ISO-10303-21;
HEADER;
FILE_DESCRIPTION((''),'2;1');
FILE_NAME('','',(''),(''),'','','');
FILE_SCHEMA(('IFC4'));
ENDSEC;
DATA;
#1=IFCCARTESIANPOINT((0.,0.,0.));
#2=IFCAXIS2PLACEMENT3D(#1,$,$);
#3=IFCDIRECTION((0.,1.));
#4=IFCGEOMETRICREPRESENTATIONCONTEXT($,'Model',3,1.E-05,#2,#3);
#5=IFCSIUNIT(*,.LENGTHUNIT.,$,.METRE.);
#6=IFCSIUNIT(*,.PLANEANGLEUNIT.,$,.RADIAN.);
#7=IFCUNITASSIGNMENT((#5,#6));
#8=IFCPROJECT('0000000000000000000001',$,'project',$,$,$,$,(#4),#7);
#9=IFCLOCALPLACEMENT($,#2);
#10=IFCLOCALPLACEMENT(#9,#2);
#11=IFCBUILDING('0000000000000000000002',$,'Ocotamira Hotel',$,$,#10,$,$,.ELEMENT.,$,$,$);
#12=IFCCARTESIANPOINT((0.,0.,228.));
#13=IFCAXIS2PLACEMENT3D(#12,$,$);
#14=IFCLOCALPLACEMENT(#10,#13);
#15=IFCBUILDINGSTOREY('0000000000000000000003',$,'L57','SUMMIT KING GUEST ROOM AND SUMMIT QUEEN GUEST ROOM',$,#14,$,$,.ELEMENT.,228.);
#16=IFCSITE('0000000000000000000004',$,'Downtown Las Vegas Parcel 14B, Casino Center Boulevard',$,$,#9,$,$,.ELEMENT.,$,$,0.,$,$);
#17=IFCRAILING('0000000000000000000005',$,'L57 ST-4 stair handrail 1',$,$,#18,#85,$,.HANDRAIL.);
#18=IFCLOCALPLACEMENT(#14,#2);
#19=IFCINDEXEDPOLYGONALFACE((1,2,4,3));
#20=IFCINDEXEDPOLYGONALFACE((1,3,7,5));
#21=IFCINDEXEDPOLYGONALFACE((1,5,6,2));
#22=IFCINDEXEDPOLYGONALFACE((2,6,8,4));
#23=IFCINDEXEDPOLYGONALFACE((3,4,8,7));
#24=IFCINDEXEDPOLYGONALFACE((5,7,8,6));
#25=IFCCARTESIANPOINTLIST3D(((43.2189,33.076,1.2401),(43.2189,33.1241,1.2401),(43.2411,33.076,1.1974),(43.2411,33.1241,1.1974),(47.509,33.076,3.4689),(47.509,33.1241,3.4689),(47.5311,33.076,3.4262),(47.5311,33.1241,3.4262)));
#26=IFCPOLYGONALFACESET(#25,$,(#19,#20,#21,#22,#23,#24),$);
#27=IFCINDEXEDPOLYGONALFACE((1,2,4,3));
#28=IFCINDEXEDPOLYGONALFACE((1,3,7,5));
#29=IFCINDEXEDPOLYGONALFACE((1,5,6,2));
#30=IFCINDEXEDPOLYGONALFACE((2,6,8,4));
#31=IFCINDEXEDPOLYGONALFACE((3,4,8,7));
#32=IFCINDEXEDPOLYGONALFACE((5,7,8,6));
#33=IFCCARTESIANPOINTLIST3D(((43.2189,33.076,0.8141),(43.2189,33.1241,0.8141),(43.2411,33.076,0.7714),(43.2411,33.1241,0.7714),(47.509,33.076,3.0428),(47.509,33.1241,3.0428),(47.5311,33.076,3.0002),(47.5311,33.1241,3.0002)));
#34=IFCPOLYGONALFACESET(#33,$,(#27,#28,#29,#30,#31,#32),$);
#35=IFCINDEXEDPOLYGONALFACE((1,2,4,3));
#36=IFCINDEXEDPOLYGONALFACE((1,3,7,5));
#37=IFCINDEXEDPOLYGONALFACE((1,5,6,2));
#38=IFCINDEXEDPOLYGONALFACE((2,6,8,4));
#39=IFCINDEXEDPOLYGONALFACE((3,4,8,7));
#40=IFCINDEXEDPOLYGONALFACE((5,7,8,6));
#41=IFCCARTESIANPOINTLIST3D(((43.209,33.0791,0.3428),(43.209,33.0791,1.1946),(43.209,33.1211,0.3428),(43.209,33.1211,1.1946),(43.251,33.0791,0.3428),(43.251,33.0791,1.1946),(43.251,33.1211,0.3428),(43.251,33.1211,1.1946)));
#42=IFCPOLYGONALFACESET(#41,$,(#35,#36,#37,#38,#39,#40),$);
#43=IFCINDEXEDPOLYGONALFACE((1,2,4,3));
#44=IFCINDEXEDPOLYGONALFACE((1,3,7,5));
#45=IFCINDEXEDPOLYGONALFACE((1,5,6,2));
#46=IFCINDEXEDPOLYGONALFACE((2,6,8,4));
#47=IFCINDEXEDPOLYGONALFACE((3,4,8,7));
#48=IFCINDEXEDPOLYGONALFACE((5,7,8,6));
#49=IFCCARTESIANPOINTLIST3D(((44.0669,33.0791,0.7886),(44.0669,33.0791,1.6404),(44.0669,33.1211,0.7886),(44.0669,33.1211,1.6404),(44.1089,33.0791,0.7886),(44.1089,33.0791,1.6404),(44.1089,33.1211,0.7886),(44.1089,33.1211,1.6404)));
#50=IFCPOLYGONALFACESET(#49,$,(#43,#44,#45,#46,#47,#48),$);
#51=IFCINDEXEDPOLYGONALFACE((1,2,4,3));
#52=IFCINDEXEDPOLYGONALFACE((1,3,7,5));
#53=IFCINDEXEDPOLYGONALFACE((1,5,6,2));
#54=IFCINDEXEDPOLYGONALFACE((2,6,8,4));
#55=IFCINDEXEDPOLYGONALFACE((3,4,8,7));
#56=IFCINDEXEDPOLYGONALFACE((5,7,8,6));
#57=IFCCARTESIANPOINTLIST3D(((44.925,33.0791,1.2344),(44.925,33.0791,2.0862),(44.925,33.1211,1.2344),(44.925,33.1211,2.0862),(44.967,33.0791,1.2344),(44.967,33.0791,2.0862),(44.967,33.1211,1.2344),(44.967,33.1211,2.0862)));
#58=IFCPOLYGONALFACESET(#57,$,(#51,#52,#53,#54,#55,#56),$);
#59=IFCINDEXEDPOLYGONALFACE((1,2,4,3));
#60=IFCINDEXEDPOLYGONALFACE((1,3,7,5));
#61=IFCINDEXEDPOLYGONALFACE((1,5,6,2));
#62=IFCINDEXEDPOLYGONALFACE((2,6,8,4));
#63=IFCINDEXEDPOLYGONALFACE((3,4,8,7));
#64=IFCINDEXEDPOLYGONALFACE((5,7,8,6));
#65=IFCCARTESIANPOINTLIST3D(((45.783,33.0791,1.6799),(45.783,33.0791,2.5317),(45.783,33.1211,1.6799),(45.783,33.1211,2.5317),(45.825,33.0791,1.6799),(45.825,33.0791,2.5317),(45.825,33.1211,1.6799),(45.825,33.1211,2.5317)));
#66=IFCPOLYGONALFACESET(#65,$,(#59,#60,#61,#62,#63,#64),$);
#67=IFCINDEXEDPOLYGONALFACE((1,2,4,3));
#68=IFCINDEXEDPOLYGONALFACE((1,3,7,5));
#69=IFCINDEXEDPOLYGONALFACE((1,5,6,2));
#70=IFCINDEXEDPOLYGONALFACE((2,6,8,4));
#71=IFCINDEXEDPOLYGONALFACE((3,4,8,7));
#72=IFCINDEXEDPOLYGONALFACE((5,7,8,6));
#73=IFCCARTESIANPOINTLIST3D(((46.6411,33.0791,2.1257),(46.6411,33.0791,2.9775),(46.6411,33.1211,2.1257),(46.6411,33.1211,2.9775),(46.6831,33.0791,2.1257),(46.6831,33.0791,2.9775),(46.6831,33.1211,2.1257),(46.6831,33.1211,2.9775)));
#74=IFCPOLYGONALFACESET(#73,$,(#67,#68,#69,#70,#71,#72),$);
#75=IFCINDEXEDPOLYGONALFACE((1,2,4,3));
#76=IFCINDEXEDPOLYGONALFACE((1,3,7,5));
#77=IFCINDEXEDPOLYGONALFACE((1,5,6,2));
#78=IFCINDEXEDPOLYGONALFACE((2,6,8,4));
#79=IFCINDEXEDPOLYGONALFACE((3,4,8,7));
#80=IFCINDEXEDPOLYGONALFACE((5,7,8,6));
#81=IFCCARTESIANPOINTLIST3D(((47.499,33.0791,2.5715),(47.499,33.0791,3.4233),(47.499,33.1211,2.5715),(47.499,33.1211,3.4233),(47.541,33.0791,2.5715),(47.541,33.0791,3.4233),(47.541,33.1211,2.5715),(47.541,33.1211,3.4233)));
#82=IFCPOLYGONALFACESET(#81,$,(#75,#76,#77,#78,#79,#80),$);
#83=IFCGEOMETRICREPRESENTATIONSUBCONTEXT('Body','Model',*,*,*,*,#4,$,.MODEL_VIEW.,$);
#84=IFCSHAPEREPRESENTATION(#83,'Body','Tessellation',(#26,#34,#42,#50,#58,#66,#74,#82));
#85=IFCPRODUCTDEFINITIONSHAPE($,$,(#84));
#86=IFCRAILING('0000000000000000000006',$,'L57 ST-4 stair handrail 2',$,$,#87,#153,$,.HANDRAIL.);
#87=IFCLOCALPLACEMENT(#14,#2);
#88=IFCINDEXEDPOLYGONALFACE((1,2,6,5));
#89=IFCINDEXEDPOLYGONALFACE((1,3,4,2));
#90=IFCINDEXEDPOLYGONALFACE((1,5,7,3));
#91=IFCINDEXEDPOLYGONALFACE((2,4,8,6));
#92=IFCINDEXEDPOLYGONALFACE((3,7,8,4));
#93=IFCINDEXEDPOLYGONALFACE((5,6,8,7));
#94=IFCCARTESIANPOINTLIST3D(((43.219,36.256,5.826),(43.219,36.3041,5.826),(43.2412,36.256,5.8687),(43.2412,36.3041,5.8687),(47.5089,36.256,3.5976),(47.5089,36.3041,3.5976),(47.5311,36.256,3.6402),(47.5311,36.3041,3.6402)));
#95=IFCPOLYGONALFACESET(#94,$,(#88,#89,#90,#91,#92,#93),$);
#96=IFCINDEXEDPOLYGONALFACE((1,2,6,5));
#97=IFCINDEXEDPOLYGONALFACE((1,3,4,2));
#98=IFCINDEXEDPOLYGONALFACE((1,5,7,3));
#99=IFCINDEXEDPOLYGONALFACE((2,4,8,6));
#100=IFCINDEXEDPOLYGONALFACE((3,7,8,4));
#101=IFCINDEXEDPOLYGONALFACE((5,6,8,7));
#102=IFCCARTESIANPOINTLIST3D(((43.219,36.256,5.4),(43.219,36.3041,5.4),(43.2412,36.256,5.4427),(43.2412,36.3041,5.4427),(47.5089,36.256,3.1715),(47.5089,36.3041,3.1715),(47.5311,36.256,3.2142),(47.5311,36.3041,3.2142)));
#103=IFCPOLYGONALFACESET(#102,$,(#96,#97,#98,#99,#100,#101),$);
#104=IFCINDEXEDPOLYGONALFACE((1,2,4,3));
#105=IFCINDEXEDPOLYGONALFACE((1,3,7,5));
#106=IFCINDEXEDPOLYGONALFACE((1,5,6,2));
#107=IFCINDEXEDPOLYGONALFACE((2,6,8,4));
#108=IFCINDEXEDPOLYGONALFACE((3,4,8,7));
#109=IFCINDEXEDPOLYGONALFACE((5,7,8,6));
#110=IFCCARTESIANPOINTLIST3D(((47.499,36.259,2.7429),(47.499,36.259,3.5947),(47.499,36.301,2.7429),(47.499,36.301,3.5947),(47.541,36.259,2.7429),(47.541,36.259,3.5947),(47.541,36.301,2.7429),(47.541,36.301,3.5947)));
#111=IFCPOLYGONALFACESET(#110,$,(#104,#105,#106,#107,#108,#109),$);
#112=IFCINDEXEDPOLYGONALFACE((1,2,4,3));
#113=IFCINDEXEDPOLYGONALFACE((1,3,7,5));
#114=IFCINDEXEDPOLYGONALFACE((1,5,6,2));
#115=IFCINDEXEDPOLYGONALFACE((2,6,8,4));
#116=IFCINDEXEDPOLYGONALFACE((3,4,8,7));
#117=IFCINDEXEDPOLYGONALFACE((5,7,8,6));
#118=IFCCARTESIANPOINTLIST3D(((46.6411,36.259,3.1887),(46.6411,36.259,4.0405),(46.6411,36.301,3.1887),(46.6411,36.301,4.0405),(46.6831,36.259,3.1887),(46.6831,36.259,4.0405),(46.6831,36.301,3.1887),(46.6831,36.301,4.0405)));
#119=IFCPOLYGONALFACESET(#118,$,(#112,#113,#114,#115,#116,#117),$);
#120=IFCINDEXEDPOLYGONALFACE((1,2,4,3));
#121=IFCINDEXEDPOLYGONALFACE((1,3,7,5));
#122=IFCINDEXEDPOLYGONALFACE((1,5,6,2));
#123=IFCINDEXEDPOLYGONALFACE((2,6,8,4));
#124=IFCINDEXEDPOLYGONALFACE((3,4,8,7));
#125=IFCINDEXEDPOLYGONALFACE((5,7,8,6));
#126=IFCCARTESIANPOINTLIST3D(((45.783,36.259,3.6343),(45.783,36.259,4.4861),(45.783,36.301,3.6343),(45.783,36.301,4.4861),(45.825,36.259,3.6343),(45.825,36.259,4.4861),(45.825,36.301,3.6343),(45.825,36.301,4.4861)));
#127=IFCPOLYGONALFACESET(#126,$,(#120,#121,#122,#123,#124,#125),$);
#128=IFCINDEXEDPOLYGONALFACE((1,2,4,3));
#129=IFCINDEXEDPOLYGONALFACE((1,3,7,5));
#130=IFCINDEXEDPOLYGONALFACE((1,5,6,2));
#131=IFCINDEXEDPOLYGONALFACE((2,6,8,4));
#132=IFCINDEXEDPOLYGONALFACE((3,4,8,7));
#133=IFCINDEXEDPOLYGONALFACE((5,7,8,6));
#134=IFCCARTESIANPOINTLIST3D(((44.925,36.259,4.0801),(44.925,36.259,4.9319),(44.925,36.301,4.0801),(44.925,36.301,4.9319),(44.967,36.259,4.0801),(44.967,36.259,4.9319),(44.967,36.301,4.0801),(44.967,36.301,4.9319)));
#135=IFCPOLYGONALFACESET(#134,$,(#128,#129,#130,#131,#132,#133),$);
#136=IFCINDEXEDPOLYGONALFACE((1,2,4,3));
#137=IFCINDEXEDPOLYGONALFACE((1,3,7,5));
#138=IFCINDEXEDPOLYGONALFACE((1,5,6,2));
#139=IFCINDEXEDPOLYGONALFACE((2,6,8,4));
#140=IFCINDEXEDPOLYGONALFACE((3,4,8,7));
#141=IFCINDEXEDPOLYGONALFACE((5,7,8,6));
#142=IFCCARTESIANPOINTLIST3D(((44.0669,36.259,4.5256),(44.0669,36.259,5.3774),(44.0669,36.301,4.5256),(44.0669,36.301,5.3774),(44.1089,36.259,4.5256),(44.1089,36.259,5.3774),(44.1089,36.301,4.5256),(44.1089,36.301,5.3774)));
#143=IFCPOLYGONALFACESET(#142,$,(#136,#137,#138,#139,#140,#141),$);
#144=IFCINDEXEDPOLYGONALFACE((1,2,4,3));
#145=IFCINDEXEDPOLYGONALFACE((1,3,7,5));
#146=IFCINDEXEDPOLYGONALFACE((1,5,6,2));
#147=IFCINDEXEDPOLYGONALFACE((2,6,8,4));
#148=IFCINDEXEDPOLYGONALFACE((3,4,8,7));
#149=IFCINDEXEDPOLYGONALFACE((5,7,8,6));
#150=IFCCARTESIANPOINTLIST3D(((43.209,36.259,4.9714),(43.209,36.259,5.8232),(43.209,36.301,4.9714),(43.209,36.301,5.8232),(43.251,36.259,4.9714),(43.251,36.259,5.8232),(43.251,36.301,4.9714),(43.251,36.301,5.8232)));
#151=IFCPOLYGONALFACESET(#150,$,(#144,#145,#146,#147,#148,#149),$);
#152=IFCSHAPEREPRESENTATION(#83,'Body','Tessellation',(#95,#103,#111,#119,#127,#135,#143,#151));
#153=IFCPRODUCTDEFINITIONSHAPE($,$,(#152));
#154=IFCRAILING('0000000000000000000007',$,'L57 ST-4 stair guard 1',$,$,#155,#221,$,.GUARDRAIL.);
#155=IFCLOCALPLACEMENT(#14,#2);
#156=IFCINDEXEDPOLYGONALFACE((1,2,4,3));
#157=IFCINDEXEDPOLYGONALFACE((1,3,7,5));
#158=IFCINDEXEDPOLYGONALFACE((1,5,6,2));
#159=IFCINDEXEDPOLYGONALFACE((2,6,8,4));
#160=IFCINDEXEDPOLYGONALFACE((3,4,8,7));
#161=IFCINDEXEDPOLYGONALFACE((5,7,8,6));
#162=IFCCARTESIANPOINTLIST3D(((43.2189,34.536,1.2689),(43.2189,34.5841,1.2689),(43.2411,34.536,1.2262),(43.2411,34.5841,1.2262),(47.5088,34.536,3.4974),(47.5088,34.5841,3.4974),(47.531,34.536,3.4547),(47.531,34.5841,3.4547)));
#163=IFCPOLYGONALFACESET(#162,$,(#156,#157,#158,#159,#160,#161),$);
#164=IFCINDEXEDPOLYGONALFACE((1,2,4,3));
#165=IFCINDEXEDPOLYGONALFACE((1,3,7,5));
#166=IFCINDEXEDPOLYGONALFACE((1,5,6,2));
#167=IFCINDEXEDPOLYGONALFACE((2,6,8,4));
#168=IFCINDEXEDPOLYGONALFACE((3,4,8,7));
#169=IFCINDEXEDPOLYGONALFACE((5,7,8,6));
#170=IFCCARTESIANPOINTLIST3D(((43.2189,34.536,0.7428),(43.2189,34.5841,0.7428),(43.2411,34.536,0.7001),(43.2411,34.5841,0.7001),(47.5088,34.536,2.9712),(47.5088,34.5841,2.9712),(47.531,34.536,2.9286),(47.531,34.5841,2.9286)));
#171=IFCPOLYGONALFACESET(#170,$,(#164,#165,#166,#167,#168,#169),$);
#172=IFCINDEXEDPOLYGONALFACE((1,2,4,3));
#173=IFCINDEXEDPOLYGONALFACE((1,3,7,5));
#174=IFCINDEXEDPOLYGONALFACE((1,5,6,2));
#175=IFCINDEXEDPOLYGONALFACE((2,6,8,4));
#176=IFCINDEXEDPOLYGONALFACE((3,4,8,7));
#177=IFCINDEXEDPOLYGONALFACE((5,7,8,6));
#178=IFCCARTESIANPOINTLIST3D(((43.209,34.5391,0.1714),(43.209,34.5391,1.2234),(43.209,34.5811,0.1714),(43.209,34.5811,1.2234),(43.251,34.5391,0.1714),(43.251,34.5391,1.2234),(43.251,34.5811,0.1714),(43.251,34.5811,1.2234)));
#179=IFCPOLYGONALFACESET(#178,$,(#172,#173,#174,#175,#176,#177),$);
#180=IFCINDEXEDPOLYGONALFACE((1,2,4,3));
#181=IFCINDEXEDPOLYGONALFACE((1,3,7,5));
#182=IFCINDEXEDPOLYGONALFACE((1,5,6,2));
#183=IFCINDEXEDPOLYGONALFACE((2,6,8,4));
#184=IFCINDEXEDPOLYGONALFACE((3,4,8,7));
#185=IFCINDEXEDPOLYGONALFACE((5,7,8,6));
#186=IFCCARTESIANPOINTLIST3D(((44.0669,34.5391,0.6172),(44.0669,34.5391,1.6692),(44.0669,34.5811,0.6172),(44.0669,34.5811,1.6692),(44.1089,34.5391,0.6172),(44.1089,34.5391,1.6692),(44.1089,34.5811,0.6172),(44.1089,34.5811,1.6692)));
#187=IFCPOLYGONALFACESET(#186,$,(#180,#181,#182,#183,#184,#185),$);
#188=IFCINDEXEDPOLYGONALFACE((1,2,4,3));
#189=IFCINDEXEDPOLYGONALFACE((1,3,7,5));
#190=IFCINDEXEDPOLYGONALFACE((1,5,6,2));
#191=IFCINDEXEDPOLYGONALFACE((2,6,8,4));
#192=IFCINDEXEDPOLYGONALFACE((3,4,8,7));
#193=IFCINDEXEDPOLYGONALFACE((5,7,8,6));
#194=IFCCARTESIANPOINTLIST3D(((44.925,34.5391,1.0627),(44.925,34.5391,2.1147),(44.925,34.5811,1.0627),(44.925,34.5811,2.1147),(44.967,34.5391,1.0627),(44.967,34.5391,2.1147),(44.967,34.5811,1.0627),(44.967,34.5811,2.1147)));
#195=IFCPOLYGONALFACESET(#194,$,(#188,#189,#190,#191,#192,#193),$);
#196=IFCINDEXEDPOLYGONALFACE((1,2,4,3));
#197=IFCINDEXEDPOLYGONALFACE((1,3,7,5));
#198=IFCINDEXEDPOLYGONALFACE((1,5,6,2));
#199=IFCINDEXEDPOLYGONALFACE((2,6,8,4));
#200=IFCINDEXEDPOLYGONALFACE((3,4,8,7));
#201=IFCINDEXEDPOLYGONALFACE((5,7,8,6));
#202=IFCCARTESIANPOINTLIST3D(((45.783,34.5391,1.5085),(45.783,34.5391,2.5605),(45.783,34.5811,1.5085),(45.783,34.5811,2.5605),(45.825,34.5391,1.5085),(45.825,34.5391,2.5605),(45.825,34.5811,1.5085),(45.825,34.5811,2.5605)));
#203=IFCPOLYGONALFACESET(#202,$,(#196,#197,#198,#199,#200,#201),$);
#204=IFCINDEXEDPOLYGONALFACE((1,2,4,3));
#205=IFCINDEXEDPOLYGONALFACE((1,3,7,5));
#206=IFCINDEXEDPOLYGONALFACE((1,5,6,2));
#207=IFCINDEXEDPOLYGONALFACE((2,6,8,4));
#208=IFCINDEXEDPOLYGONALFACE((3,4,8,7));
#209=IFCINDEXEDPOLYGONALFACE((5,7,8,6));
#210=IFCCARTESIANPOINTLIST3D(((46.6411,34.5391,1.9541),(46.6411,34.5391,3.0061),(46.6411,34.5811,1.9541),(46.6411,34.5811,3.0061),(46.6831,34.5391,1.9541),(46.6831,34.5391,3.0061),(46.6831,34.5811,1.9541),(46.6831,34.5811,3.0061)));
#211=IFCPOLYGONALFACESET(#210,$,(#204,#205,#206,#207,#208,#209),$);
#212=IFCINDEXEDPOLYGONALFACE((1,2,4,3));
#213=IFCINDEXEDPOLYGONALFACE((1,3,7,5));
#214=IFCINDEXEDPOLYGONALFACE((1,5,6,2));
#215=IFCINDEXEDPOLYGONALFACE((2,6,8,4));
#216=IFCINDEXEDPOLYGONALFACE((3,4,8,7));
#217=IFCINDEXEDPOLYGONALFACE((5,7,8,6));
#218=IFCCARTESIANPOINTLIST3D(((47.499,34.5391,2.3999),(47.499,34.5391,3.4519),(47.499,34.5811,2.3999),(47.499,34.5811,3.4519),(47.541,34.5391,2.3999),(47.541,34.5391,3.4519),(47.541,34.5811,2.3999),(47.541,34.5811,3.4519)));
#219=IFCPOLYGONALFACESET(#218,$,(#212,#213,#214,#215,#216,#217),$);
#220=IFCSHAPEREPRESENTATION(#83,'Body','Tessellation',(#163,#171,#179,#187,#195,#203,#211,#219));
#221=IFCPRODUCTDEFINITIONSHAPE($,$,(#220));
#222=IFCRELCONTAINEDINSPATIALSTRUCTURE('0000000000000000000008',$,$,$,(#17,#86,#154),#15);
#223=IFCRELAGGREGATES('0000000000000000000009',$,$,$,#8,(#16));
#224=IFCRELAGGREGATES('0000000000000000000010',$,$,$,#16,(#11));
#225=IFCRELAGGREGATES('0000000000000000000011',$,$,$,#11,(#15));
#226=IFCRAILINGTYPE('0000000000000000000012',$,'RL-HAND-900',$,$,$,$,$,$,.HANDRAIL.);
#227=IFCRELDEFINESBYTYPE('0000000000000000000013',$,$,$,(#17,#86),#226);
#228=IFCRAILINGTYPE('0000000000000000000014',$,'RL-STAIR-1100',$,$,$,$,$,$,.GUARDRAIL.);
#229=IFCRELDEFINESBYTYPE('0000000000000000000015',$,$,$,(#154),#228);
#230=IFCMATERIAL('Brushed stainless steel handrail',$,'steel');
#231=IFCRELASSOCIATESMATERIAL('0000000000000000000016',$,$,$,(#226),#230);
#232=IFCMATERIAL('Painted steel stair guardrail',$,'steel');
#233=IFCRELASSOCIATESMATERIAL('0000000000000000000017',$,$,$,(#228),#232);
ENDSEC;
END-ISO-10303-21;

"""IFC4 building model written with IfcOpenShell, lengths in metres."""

from ifc_helpers import new_model, si_unit, direction, frame, origin, origin_2d, place, context, subcontext, project, spatial, rectangle, extrude, material, type_object, element, save


model = new_model("IFC4")

# Units and contexts
model_context = context("Model", 3, precision=1e-05, world=origin(), true_north=direction((0.0, 1.0)))
body_context = subcontext(model_context, "Body", "Model", "MODEL_VIEW")
ifc_project = project(units=[si_unit("LENGTHUNIT", "METRE"), si_unit("PLANEANGLEUNIT", "RADIAN")], contexts=[model_context])

# Site, building, storey
site_placement = place(None, origin())
site = spatial("IfcSite", under=ifc_project, at=site_placement, Name="Downtown Las Vegas Parcel 14B, Casino Center Boulevard", CompositionType="ELEMENT", RefElevation=0.0)
building_placement = place(site_placement, origin())
building = spatial("IfcBuilding", under=site, at=building_placement, Name="Ocotamira Hotel", CompositionType="ELEMENT")
storey_placement = place(building_placement, frame((0.0, 0.0, 228.0)))
storey = spatial("IfcBuildingStorey", under=building, at=storey_placement, Name="L57", Description="SUMMIT KING GUEST ROOM AND SUMMIT QUEEN GUEST ROOM", CompositionType="ELEMENT", Elevation=228.0)

# Railings
ifc_material_1 = material(Name="Brushed stainless steel handrail", Category="steel")
railing_type_1 = type_object("IfcRailingType", Name="RL-HAND-900", PredefinedType="HANDRAIL", material=ifc_material_1)
railing_1_placement = place(storey_placement, frame((43.23, 33.1001, 0.3428)))
element("IfcRailing", 1, at=railing_1_placement, inside=storey, type_object=railing_type_1, Name="L57 ST-4 stair handrail 1", PredefinedType="HANDRAIL", context=body_context, shape_type="SweptSolid", body=[
    extrude(rectangle(XDim=0.0481, YDim=0.0481, at=origin_2d()), frame((0.0, 0.0, 0.876), z_axis=(0.887391, 0.0, 0.461017), x_axis=(0.0, 1.0, 0.0)), (0.0, 0.0, 1.0), 4.8345),
    extrude(rectangle(XDim=0.0481, YDim=0.0481, at=origin_2d()), frame((0.0, 0.0, 0.45), z_axis=(0.887391, 0.0, 0.461017), x_axis=(0.0, 1.0, 0.0)), (0.0, 0.0, 1.0), 4.8345),
    extrude(rectangle(XDim=0.042, YDim=0.042, at=origin_2d()), origin(), (0.0, 0.0, 1.0), 0.8518),
    extrude(rectangle(XDim=0.042, YDim=0.042, at=origin_2d()), frame((0.8579, 0.0, 0.4458)), (0.0, 0.0, 1.0), 0.8518),
    extrude(rectangle(XDim=0.042, YDim=0.042, at=origin_2d()), frame((1.7161, 0.0, 0.8916)), (0.0, 0.0, 1.0), 0.8518),
    extrude(rectangle(XDim=0.042, YDim=0.042, at=origin_2d()), frame((2.574, 0.0, 1.3372)), (0.0, 0.0, 1.0), 0.8518),
    extrude(rectangle(XDim=0.042, YDim=0.042, at=origin_2d()), frame((3.4321, 0.0, 1.783)), (0.0, 0.0, 1.0), 0.8518),
    extrude(rectangle(XDim=0.042, YDim=0.042, at=origin_2d()), frame((4.29, 0.0, 2.2288)), (0.0, 0.0, 1.0), 0.8518),
])
railing_2_placement = place(storey_placement, frame((47.52, 36.28, 2.7429)))
element("IfcRailing", 2, at=railing_2_placement, inside=storey, type_object=railing_type_1, Name="L57 ST-4 stair handrail 2", PredefinedType="HANDRAIL", context=body_context, shape_type="SweptSolid", body=[
    extrude(rectangle(XDim=0.0481, YDim=0.0481, at=origin_2d()), frame((0.0, 0.0, 0.876), z_axis=(-0.887412, 0.0, 0.460977), x_axis=(0.0, -1.0, 0.0)), (0.0, 0.0, 1.0), 4.8342),
    extrude(rectangle(XDim=0.0481, YDim=0.0481, at=origin_2d()), frame((0.0, 0.0, 0.45), z_axis=(-0.887412, 0.0, 0.460977), x_axis=(0.0, -1.0, 0.0)), (0.0, 0.0, 1.0), 4.8342),
    extrude(rectangle(XDim=0.042, YDim=0.042, at=origin_2d()), origin(), (0.0, 0.0, 1.0), 0.8518),
    extrude(rectangle(XDim=0.042, YDim=0.042, at=origin_2d()), frame((-0.8579, 0.0, 0.4458)), (0.0, 0.0, 1.0), 0.8518),
    extrude(rectangle(XDim=0.042, YDim=0.042, at=origin_2d()), frame((-1.7161, 0.0, 0.8914)), (0.0, 0.0, 1.0), 0.8518),
    extrude(rectangle(XDim=0.042, YDim=0.042, at=origin_2d()), frame((-2.574, 0.0, 1.3372)), (0.0, 0.0, 1.0), 0.8518),
    extrude(rectangle(XDim=0.042, YDim=0.042, at=origin_2d()), frame((-3.4321, 0.0, 1.7827)), (0.0, 0.0, 1.0), 0.8518),
    extrude(rectangle(XDim=0.042, YDim=0.042, at=origin_2d()), frame((-4.29, 0.0, 2.2285)), (0.0, 0.0, 1.0), 0.8518),
])
ifc_material_2 = material(Name="Painted steel stair guardrail", Category="steel")
railing_type_2 = type_object("IfcRailingType", Name="RL-STAIR-1100", PredefinedType="GUARDRAIL", material=ifc_material_2)
railing_3_placement = place(storey_placement, frame((43.23, 34.5601, 0.1714)))
element("IfcRailing", 3, at=railing_3_placement, inside=storey, type_object=railing_type_2, Name="L57 ST-4 stair guard 1", PredefinedType="GUARDRAIL", context=body_context, shape_type="SweptSolid", body=[
    extrude(rectangle(XDim=0.0481, YDim=0.0481, at=origin_2d()), frame((0.0, 0.0, 1.0762), z_axis=(0.887412, 0.0, 0.460977), x_axis=(0.0, 1.0, 0.0)), (0.0, 0.0, 1.0), 4.8342),
    extrude(rectangle(XDim=0.0481, YDim=0.0481, at=origin_2d()), frame((0.0, 0.0, 0.55), z_axis=(0.887412, 0.0, 0.460977), x_axis=(0.0, 1.0, 0.0)), (0.0, 0.0, 1.0), 4.8342),
    extrude(rectangle(XDim=0.042, YDim=0.042, at=origin_2d()), origin(), (0.0, 0.0, 1.0), 1.052),
    extrude(rectangle(XDim=0.042, YDim=0.042, at=origin_2d()), frame((0.8579, 0.0, 0.4458)), (0.0, 0.0, 1.0), 1.052),
    extrude(rectangle(XDim=0.042, YDim=0.042, at=origin_2d()), frame((1.7161, 0.0, 0.8914)), (0.0, 0.0, 1.0), 1.052),
    extrude(rectangle(XDim=0.042, YDim=0.042, at=origin_2d()), frame((2.574, 0.0, 1.3372)), (0.0, 0.0, 1.0), 1.052),
    extrude(rectangle(XDim=0.042, YDim=0.042, at=origin_2d()), frame((3.4321, 0.0, 1.7827)), (0.0, 0.0, 1.0), 1.052),
    extrude(rectangle(XDim=0.042, YDim=0.042, at=origin_2d()), frame((4.29, 0.0, 2.2285)), (0.0, 0.0, 1.0), 1.052),
])

save(model, "model.ifc")
